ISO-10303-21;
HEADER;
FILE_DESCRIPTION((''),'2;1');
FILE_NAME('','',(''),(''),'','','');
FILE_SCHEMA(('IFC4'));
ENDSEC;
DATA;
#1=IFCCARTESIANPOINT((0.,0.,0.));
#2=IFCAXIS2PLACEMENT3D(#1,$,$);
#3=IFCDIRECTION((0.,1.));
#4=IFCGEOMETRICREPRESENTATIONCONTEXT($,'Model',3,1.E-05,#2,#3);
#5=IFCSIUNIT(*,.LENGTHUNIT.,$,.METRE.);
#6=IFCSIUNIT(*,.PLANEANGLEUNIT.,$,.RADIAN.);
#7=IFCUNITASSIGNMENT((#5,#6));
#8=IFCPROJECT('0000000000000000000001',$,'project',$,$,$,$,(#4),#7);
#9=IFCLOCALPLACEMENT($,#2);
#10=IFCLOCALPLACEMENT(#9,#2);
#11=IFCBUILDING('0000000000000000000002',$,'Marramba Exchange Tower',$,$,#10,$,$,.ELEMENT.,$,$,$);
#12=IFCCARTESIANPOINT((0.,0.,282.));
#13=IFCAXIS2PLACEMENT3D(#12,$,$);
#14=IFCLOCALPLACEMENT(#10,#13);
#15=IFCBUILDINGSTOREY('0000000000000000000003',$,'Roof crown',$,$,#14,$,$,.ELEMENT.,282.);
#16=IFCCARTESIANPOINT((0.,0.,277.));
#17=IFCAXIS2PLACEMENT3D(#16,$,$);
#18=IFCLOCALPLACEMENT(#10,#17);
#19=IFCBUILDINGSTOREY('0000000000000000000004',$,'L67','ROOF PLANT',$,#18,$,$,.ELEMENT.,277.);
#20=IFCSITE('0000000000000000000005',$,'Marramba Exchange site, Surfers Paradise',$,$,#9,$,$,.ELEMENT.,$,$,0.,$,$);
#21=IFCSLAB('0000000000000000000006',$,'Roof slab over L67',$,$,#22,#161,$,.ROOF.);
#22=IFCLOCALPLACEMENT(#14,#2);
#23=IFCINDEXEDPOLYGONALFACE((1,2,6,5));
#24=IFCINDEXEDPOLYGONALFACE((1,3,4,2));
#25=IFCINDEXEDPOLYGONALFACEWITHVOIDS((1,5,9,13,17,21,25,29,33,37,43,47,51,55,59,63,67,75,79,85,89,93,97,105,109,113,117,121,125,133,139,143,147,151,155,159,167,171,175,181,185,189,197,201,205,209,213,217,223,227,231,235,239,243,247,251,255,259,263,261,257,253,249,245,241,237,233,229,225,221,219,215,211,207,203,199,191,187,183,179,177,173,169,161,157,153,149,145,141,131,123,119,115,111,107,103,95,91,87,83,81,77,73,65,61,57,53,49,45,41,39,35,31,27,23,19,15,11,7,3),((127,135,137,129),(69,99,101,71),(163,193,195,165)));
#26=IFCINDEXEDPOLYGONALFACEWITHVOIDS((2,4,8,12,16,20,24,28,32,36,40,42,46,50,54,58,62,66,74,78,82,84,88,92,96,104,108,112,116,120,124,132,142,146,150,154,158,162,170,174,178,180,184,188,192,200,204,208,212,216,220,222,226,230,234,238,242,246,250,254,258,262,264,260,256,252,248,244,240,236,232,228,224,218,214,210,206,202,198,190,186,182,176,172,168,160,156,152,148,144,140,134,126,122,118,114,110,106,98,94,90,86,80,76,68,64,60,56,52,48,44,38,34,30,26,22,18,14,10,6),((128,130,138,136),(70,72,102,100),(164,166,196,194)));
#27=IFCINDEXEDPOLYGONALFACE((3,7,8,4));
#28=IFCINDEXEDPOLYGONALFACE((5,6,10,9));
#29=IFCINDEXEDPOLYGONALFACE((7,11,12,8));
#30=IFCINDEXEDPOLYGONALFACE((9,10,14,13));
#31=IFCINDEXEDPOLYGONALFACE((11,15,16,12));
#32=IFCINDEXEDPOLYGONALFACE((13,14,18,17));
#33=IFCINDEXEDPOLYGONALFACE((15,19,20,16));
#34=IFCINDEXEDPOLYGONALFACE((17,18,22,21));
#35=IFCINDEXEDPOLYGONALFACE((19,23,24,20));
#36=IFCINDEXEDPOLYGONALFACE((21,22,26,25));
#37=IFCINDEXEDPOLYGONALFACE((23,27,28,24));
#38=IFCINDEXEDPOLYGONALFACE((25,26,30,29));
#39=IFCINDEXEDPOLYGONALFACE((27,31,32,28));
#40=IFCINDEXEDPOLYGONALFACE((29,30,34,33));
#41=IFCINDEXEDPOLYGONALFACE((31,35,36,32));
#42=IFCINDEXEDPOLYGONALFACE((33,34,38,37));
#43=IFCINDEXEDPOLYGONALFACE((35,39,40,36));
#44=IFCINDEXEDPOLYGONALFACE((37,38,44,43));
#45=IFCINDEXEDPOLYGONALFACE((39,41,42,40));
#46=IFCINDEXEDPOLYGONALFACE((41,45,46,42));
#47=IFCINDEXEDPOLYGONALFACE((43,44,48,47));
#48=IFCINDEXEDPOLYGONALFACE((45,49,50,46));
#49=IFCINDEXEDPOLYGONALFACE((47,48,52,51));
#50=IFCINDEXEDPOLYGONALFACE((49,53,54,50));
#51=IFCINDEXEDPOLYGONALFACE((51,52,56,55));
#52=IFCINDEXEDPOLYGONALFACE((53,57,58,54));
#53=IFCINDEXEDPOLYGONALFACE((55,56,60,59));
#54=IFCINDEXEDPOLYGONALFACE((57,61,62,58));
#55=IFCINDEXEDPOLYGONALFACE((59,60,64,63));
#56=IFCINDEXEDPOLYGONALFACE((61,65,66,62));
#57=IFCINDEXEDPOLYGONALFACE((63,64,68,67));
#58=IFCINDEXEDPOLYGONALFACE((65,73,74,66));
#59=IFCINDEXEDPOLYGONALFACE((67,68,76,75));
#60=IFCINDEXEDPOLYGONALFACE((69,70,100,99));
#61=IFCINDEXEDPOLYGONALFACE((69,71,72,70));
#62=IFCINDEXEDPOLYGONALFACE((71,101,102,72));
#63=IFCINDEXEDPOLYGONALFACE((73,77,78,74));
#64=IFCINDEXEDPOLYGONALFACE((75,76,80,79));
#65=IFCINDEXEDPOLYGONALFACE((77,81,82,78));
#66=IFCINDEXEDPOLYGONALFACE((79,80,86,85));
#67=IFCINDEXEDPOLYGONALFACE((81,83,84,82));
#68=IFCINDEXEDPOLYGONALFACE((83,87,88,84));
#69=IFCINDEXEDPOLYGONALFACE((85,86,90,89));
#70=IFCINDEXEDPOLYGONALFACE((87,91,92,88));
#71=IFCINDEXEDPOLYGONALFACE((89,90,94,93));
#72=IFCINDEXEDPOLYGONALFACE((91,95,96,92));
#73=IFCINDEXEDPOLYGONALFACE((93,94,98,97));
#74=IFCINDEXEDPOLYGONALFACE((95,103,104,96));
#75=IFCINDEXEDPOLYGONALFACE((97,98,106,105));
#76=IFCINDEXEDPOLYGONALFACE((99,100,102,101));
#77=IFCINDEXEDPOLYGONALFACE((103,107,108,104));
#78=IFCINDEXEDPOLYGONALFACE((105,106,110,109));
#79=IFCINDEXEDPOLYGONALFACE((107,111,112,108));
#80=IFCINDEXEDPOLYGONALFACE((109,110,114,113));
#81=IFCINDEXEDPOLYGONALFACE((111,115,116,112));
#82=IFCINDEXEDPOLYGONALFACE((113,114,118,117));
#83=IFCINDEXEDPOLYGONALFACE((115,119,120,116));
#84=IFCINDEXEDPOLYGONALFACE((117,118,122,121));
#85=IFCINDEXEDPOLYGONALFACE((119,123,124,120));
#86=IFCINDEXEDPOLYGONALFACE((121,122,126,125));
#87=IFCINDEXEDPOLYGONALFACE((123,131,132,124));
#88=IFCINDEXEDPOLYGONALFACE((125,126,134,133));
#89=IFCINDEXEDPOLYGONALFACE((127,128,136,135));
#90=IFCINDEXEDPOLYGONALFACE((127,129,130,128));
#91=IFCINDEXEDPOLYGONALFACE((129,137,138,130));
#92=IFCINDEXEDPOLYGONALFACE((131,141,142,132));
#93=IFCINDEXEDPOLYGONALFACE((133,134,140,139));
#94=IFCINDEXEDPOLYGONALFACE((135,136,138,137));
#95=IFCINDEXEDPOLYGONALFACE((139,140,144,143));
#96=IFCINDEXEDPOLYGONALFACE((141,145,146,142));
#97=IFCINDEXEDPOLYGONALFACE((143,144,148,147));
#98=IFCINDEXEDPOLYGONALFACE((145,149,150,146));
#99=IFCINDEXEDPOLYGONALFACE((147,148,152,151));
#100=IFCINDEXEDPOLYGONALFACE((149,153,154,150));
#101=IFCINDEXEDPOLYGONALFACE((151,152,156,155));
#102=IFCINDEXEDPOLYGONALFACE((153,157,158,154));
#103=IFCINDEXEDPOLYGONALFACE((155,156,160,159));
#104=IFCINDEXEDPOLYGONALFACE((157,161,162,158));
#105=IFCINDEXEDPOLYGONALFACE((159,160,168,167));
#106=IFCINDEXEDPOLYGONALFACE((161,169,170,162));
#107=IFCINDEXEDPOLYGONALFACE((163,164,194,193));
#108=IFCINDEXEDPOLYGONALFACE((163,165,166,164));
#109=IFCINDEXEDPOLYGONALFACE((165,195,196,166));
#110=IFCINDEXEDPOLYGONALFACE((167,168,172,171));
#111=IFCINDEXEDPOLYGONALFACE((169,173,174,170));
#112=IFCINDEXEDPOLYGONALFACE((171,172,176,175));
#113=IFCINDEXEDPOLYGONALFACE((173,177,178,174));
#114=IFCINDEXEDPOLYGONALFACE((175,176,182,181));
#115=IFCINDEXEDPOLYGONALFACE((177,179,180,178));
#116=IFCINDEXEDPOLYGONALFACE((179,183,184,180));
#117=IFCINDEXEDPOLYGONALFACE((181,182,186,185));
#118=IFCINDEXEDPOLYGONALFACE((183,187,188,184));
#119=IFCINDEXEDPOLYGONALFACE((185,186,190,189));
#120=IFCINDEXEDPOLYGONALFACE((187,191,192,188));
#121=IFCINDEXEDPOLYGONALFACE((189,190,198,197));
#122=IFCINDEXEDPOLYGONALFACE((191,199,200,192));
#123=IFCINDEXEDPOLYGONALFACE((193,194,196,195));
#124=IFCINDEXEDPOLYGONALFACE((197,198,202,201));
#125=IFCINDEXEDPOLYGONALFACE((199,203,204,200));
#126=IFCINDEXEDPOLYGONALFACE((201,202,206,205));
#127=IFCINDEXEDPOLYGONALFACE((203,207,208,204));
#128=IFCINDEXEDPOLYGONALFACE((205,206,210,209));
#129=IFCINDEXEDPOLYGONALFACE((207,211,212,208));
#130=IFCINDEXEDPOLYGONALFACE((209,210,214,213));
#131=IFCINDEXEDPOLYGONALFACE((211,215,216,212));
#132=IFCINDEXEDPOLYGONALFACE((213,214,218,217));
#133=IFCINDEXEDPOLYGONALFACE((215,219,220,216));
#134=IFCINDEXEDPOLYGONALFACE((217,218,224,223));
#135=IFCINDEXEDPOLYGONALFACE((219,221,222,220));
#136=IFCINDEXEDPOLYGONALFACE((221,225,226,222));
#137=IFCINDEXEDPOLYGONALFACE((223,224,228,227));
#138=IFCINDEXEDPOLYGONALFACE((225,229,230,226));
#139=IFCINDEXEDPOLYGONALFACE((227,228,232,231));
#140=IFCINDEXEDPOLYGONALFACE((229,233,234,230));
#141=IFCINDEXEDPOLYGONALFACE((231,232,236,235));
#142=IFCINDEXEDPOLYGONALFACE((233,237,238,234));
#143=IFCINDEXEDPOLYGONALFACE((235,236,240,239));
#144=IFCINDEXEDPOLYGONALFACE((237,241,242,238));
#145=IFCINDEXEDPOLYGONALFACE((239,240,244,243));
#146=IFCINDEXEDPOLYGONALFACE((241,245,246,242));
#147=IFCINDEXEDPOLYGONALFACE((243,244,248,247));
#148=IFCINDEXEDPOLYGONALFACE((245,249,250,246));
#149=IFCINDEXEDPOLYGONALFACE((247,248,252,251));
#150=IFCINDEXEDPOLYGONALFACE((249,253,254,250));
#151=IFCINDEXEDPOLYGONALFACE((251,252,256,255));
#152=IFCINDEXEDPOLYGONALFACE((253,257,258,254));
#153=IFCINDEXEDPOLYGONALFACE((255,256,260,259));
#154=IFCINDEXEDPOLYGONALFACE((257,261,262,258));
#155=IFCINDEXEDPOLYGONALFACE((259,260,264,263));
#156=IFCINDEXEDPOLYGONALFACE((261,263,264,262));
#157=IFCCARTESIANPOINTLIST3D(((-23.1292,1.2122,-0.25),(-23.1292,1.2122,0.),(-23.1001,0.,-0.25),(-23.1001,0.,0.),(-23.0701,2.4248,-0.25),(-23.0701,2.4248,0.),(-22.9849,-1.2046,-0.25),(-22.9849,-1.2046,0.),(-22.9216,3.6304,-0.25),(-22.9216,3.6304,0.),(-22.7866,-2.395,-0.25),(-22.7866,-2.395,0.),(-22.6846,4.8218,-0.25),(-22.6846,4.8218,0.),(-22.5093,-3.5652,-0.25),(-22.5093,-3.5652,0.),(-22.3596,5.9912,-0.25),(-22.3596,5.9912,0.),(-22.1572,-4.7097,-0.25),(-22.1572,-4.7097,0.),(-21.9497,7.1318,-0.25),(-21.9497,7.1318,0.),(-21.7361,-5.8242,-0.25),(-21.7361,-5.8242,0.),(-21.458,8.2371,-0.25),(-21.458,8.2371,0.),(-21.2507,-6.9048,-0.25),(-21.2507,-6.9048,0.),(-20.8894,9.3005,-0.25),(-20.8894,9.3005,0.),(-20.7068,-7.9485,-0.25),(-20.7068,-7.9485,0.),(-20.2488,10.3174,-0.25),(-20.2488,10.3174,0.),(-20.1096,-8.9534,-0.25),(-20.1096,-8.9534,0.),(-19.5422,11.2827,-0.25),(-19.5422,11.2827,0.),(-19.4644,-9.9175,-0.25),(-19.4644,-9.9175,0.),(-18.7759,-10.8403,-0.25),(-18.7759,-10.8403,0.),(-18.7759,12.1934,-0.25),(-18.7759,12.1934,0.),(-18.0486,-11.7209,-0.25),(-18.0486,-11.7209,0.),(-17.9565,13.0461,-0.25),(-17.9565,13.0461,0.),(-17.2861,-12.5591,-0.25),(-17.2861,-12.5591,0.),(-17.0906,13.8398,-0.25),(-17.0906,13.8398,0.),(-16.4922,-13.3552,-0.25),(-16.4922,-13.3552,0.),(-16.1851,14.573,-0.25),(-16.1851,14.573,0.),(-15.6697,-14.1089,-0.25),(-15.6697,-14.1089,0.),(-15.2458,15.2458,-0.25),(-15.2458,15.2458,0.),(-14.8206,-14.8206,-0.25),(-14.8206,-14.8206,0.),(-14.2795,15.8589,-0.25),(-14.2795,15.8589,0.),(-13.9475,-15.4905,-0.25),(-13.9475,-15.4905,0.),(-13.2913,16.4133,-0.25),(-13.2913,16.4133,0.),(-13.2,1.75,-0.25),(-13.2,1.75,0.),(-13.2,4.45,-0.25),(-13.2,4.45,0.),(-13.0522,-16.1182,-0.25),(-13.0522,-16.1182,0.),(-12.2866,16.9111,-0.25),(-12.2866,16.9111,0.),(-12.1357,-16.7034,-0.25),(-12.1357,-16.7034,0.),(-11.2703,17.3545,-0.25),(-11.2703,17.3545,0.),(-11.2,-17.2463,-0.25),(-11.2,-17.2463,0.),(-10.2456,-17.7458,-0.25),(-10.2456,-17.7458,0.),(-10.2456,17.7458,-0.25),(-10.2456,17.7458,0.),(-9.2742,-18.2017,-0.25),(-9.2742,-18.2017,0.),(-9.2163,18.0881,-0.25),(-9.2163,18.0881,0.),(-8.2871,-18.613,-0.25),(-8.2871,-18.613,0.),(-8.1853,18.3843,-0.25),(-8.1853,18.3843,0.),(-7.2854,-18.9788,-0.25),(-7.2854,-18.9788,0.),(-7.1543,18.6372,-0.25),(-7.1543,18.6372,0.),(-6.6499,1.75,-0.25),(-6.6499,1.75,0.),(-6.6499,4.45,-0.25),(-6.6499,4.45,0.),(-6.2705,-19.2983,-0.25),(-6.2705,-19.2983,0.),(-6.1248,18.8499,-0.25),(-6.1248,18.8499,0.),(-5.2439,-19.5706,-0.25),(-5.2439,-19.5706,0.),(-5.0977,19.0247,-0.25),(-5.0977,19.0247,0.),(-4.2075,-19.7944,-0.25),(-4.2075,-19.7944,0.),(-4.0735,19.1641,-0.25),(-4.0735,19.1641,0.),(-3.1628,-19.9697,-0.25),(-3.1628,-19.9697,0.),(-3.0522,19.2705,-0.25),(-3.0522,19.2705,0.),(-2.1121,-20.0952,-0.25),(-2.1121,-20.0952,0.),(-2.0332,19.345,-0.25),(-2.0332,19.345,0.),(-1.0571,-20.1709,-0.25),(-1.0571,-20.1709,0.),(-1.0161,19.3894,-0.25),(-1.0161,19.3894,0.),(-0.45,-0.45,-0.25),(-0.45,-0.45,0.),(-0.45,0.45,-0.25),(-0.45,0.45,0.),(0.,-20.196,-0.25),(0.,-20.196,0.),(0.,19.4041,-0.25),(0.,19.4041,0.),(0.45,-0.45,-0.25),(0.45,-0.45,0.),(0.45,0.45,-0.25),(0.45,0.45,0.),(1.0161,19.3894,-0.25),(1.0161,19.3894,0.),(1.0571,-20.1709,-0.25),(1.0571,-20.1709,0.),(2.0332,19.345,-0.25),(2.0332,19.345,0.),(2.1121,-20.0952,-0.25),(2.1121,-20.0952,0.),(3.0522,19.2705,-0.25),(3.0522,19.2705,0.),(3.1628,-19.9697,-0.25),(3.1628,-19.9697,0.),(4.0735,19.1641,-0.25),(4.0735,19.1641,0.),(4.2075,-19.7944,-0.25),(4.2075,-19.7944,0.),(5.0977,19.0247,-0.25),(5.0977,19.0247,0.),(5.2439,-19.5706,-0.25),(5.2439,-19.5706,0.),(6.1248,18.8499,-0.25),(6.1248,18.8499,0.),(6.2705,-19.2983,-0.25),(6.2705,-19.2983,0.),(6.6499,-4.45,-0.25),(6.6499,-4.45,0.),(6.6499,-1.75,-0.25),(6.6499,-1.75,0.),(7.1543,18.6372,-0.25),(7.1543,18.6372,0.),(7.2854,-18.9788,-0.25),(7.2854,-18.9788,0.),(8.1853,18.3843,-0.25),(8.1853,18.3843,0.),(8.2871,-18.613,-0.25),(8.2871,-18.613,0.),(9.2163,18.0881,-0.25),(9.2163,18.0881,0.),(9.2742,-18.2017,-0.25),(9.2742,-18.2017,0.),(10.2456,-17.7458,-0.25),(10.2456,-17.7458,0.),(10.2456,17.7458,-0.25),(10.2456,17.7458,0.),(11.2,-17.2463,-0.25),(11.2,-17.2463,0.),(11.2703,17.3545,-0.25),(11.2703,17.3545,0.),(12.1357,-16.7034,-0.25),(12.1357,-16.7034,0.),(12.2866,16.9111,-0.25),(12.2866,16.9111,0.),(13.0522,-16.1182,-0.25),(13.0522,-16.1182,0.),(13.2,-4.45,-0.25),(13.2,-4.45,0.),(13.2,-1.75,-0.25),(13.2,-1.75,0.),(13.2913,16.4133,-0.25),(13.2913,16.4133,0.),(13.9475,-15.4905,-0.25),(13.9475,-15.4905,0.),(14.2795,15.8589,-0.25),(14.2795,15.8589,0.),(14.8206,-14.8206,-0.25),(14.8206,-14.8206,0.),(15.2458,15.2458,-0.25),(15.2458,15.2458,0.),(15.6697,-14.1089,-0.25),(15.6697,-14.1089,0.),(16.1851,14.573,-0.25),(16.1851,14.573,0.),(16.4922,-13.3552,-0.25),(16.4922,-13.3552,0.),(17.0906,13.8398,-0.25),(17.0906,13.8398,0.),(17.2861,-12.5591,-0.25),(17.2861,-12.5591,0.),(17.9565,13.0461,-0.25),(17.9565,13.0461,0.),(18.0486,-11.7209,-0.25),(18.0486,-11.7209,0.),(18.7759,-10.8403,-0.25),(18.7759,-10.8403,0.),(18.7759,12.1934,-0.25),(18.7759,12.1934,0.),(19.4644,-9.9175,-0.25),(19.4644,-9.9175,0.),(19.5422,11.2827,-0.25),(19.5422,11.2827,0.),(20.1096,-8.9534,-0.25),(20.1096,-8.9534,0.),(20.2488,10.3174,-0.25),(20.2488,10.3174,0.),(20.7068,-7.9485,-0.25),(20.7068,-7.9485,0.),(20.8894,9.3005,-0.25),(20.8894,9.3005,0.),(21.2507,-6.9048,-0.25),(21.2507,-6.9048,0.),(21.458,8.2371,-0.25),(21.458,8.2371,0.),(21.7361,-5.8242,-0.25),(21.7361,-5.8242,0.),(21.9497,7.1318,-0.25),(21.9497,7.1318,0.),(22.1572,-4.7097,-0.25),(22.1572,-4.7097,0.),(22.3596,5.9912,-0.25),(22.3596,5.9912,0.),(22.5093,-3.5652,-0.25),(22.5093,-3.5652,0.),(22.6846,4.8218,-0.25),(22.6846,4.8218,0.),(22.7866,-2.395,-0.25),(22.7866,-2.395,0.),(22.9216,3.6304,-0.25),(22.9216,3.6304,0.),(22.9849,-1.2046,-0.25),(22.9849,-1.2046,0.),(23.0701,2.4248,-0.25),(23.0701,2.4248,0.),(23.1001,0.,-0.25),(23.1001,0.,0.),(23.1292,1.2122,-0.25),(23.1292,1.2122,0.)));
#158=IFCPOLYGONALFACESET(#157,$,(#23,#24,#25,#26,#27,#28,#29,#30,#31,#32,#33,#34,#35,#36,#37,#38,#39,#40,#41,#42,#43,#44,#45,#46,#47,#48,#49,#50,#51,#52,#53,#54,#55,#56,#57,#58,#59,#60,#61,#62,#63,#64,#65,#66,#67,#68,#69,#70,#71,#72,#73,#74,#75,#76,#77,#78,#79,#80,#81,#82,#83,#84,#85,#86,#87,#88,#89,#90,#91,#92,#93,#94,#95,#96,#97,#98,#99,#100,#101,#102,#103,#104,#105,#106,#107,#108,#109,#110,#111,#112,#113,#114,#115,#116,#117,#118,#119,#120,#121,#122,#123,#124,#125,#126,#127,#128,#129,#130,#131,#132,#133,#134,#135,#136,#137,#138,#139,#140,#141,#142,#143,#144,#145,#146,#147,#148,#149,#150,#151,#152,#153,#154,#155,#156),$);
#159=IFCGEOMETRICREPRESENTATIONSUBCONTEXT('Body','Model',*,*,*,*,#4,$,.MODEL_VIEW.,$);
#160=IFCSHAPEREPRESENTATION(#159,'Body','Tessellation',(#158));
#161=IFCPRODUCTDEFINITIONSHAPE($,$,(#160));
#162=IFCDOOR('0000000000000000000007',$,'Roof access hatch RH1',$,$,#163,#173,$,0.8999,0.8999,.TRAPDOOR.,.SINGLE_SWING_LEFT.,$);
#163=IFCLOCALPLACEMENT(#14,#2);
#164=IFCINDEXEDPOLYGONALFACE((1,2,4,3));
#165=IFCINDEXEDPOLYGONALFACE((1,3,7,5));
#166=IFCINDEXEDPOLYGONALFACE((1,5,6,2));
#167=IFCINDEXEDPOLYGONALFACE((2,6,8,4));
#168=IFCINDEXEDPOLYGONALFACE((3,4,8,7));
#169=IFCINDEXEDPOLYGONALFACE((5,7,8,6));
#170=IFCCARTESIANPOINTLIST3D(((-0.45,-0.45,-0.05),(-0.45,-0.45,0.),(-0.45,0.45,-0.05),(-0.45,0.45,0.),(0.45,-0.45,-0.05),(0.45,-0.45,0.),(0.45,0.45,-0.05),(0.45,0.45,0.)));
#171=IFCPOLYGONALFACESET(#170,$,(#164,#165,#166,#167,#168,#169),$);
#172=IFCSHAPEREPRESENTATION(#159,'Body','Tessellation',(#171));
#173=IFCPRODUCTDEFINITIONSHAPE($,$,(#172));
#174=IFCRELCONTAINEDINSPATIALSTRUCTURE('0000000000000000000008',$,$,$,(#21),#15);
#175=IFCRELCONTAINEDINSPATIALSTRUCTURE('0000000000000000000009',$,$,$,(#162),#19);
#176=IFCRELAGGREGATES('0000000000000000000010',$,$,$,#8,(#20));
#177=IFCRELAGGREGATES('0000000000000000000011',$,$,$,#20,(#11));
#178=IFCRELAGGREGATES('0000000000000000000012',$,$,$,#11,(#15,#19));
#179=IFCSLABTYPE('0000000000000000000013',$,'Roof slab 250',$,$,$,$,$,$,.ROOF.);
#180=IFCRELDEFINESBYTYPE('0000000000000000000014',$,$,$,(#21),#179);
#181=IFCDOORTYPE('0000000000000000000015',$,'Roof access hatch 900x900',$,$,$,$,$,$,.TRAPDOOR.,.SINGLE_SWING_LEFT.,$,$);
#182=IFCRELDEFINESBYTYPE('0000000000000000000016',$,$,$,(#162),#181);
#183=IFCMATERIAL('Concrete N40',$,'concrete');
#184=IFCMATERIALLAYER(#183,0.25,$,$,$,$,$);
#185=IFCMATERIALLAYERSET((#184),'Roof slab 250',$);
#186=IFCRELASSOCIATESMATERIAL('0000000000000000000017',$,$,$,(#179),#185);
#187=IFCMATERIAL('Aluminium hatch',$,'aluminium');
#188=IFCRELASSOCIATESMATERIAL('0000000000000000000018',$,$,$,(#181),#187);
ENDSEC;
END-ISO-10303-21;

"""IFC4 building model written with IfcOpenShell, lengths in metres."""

from ifc_helpers import new_model, si_unit, direction, frame, origin, origin_2d, place, context, subcontext, project, spatial, polyline, rectangle, outline, extrude, material, layer, layer_set, type_object, element, fill, save


model = new_model("IFC4")

# Units and contexts
model_context = context("Model", 3, precision=1e-05, world=origin(), true_north=direction((0.0, 1.0)))
body_context = subcontext(model_context, "Body", "Model", "MODEL_VIEW")
ifc_project = project(units=[si_unit("LENGTHUNIT", "METRE"), si_unit("PLANEANGLEUNIT", "RADIAN")], contexts=[model_context])

# Site, building, storey
site_placement = place(None, origin())
site = spatial("IfcSite", under=ifc_project, at=site_placement, Name="Marramba Exchange site, Surfers Paradise", CompositionType="ELEMENT", RefElevation=0.0)
building_placement = place(site_placement, origin())
building = spatial("IfcBuilding", under=site, at=building_placement, Name="Marramba Exchange Tower", CompositionType="ELEMENT")
storey_1_placement = place(building_placement, frame((0.0, 0.0, 282.0)))
storey_1 = spatial("IfcBuildingStorey", under=building, at=storey_1_placement, Name="Roof crown", CompositionType="ELEMENT", Elevation=282.0)

# Slab, opening
ifc_material_1 = material(Name="Concrete N40", Category="concrete")
ifc_layer_1 = layer(ifc_material_1, 0.25)
ifc_layer_set_1 = layer_set([ifc_layer_1], Name="Roof slab 250")
slab_type = type_object("IfcSlabType", Name="Roof slab 250", PredefinedType="ROOF", material=ifc_layer_set_1)
slab_placement = place(storey_1_placement, frame((0.0, 0.0, -0.25)))
slab = element("IfcSlab", 1, at=slab_placement, inside=storey_1, type_object=slab_type, Name="Roof slab over L67", PredefinedType="ROOF", context=body_context, shape_type="SweptSolid", body=[
    extrude(outline(polyline([(23.1001, 0.0), (23.1292, 1.2122), (23.0701, 2.4248), (22.9216, 3.6304), (22.6846, 4.8218), (22.3596, 5.9912), (21.9497, 7.1318), (21.458, 8.2371), (20.8894, 9.3005), (20.2488, 10.3174), (19.5422, 11.2827), (18.7759, 12.1934), (17.9565, 13.0461), (17.0906, 13.8398), (16.1851, 14.573), (15.2458, 15.2458), (14.2795, 15.8589), (13.2913, 16.4133), (12.2866, 16.9111), (11.2703, 17.3545), (10.2456, 17.7458), (9.2163, 18.0881), (8.1853, 18.3843), (7.1543, 18.6372), (6.1248, 18.8499), (5.0977, 19.0247), (4.0735, 19.1641), (3.0522, 19.2705), (2.0332, 19.345), (1.0161, 19.3894), (0.0, 19.4041), (-1.0161, 19.3894), (-2.0332, 19.345), (-3.0522, 19.2705), (-4.0735, 19.1641), (-5.0977, 19.0247), (-6.1248, 18.8499), (-7.1543, 18.6372), (-8.1853, 18.3843), (-9.2163, 18.0881), (-10.2456, 17.7458), (-11.2703, 17.3545), (-12.2866, 16.9111), (-13.2913, 16.4133), (-14.2795, 15.8589), (-15.2458, 15.2458), (-16.1851, 14.573), (-17.0906, 13.8398), (-17.9565, 13.0461), (-18.7759, 12.1934), (-19.5422, 11.2827), (-20.2488, 10.3174), (-20.8894, 9.3005), (-21.458, 8.2371), (-21.9497, 7.1318), (-22.3596, 5.9912), (-22.6846, 4.8218), (-22.9216, 3.6304), (-23.0701, 2.4248), (-23.1292, 1.2122), (-23.1001, 0.0), (-22.9849, -1.2046), (-22.7866, -2.395), (-22.5093, -3.5652), (-22.1572, -4.7097), (-21.7361, -5.8242), (-21.2507, -6.9048), (-20.7068, -7.9485), (-20.1096, -8.9534), (-19.4644, -9.9175), (-18.7759, -10.8403), (-18.0486, -11.7209), (-17.2861, -12.5591), (-16.4922, -13.3552), (-15.6697, -14.1089), (-14.8206, -14.8206), (-13.9475, -15.4905), (-13.0522, -16.1182), (-12.1357, -16.7034), (-11.2, -17.2463), (-10.2456, -17.7458), (-9.2742, -18.2017), (-8.2871, -18.613), (-7.2854, -18.9788), (-6.2705, -19.2983), (-5.2439, -19.5706), (-4.2075, -19.7944), (-3.1628, -19.9697), (-2.1121, -20.0952), (-1.0571, -20.1709), (0.0, -20.196), (1.0571, -20.1709), (2.1121, -20.0952), (3.1628, -19.9697), (4.2075, -19.7944), (5.2439, -19.5706), (6.2705, -19.2983), (7.2854, -18.9788), (8.2871, -18.613), (9.2742, -18.2017), (10.2456, -17.7458), (11.2, -17.2463), (12.1357, -16.7034), (13.0522, -16.1182), (13.9475, -15.4905), (14.8206, -14.8206), (15.6697, -14.1089), (16.4922, -13.3552), (17.2861, -12.5591), (18.0486, -11.7209), (18.7759, -10.8403), (19.4644, -9.9175), (20.1096, -8.9534), (20.7068, -7.9485), (21.2507, -6.9048), (21.7361, -5.8242), (22.1572, -4.7097), (22.5093, -3.5652), (22.7866, -2.395), (22.9849, -1.2046), (23.1001, 0.0)]), holes=[polyline([(-13.2, 1.75), (-6.6499, 1.75), (-6.6499, 4.45), (-13.2, 4.45), (-13.2, 1.75)]), polyline([(6.6499, -4.45), (13.2, -4.45), (13.2, -1.75), (6.6499, -1.75), (6.6499, -4.45)])]), origin(), (0.0, 0.0, 1.0), 0.25),
])
opening_placement = place(slab_placement, origin())
opening = element("IfcOpeningElement", 2, at=opening_placement, cuts=slab, PredefinedType="OPENING", context=body_context, shape_type="SweptSolid", body=[
    extrude(rectangle(XDim=0.8999, YDim=0.8999, at=origin_2d()), origin(), (0.0, 0.0, 1.0), 0.25),
])

# Shared definitions
storey_2_placement = place(building_placement, frame((0.0, 0.0, 277.0)))
storey_2 = spatial("IfcBuildingStorey", under=building, at=storey_2_placement, Name="L67", Description="ROOF PLANT", CompositionType="ELEMENT", Elevation=277.0)

# Door
ifc_material_2 = material(Name="Aluminium hatch", Category="aluminium")
door_type = type_object("IfcDoorType", Name="Roof access hatch 900x900", OperationType="SINGLE_SWING_LEFT", PredefinedType="TRAPDOOR", material=ifc_material_2)
door_placement = place(opening_placement, frame((0.0, 0.0, 0.2)))
door = element("IfcDoor", 3, at=door_placement, inside=storey_2, type_object=door_type, Name="Roof access hatch RH1", OperationType="SINGLE_SWING_LEFT", OverallHeight=0.8999, OverallWidth=0.8999, PredefinedType="TRAPDOOR", context=body_context, shape_type="SweptSolid", body=[
    extrude(rectangle(XDim=0.8999, YDim=0.8999, at=origin_2d()), origin(), (0.0, 0.0, 1.0), 0.05),
])
fill(opening, door)

save(model, "model.ifc")
